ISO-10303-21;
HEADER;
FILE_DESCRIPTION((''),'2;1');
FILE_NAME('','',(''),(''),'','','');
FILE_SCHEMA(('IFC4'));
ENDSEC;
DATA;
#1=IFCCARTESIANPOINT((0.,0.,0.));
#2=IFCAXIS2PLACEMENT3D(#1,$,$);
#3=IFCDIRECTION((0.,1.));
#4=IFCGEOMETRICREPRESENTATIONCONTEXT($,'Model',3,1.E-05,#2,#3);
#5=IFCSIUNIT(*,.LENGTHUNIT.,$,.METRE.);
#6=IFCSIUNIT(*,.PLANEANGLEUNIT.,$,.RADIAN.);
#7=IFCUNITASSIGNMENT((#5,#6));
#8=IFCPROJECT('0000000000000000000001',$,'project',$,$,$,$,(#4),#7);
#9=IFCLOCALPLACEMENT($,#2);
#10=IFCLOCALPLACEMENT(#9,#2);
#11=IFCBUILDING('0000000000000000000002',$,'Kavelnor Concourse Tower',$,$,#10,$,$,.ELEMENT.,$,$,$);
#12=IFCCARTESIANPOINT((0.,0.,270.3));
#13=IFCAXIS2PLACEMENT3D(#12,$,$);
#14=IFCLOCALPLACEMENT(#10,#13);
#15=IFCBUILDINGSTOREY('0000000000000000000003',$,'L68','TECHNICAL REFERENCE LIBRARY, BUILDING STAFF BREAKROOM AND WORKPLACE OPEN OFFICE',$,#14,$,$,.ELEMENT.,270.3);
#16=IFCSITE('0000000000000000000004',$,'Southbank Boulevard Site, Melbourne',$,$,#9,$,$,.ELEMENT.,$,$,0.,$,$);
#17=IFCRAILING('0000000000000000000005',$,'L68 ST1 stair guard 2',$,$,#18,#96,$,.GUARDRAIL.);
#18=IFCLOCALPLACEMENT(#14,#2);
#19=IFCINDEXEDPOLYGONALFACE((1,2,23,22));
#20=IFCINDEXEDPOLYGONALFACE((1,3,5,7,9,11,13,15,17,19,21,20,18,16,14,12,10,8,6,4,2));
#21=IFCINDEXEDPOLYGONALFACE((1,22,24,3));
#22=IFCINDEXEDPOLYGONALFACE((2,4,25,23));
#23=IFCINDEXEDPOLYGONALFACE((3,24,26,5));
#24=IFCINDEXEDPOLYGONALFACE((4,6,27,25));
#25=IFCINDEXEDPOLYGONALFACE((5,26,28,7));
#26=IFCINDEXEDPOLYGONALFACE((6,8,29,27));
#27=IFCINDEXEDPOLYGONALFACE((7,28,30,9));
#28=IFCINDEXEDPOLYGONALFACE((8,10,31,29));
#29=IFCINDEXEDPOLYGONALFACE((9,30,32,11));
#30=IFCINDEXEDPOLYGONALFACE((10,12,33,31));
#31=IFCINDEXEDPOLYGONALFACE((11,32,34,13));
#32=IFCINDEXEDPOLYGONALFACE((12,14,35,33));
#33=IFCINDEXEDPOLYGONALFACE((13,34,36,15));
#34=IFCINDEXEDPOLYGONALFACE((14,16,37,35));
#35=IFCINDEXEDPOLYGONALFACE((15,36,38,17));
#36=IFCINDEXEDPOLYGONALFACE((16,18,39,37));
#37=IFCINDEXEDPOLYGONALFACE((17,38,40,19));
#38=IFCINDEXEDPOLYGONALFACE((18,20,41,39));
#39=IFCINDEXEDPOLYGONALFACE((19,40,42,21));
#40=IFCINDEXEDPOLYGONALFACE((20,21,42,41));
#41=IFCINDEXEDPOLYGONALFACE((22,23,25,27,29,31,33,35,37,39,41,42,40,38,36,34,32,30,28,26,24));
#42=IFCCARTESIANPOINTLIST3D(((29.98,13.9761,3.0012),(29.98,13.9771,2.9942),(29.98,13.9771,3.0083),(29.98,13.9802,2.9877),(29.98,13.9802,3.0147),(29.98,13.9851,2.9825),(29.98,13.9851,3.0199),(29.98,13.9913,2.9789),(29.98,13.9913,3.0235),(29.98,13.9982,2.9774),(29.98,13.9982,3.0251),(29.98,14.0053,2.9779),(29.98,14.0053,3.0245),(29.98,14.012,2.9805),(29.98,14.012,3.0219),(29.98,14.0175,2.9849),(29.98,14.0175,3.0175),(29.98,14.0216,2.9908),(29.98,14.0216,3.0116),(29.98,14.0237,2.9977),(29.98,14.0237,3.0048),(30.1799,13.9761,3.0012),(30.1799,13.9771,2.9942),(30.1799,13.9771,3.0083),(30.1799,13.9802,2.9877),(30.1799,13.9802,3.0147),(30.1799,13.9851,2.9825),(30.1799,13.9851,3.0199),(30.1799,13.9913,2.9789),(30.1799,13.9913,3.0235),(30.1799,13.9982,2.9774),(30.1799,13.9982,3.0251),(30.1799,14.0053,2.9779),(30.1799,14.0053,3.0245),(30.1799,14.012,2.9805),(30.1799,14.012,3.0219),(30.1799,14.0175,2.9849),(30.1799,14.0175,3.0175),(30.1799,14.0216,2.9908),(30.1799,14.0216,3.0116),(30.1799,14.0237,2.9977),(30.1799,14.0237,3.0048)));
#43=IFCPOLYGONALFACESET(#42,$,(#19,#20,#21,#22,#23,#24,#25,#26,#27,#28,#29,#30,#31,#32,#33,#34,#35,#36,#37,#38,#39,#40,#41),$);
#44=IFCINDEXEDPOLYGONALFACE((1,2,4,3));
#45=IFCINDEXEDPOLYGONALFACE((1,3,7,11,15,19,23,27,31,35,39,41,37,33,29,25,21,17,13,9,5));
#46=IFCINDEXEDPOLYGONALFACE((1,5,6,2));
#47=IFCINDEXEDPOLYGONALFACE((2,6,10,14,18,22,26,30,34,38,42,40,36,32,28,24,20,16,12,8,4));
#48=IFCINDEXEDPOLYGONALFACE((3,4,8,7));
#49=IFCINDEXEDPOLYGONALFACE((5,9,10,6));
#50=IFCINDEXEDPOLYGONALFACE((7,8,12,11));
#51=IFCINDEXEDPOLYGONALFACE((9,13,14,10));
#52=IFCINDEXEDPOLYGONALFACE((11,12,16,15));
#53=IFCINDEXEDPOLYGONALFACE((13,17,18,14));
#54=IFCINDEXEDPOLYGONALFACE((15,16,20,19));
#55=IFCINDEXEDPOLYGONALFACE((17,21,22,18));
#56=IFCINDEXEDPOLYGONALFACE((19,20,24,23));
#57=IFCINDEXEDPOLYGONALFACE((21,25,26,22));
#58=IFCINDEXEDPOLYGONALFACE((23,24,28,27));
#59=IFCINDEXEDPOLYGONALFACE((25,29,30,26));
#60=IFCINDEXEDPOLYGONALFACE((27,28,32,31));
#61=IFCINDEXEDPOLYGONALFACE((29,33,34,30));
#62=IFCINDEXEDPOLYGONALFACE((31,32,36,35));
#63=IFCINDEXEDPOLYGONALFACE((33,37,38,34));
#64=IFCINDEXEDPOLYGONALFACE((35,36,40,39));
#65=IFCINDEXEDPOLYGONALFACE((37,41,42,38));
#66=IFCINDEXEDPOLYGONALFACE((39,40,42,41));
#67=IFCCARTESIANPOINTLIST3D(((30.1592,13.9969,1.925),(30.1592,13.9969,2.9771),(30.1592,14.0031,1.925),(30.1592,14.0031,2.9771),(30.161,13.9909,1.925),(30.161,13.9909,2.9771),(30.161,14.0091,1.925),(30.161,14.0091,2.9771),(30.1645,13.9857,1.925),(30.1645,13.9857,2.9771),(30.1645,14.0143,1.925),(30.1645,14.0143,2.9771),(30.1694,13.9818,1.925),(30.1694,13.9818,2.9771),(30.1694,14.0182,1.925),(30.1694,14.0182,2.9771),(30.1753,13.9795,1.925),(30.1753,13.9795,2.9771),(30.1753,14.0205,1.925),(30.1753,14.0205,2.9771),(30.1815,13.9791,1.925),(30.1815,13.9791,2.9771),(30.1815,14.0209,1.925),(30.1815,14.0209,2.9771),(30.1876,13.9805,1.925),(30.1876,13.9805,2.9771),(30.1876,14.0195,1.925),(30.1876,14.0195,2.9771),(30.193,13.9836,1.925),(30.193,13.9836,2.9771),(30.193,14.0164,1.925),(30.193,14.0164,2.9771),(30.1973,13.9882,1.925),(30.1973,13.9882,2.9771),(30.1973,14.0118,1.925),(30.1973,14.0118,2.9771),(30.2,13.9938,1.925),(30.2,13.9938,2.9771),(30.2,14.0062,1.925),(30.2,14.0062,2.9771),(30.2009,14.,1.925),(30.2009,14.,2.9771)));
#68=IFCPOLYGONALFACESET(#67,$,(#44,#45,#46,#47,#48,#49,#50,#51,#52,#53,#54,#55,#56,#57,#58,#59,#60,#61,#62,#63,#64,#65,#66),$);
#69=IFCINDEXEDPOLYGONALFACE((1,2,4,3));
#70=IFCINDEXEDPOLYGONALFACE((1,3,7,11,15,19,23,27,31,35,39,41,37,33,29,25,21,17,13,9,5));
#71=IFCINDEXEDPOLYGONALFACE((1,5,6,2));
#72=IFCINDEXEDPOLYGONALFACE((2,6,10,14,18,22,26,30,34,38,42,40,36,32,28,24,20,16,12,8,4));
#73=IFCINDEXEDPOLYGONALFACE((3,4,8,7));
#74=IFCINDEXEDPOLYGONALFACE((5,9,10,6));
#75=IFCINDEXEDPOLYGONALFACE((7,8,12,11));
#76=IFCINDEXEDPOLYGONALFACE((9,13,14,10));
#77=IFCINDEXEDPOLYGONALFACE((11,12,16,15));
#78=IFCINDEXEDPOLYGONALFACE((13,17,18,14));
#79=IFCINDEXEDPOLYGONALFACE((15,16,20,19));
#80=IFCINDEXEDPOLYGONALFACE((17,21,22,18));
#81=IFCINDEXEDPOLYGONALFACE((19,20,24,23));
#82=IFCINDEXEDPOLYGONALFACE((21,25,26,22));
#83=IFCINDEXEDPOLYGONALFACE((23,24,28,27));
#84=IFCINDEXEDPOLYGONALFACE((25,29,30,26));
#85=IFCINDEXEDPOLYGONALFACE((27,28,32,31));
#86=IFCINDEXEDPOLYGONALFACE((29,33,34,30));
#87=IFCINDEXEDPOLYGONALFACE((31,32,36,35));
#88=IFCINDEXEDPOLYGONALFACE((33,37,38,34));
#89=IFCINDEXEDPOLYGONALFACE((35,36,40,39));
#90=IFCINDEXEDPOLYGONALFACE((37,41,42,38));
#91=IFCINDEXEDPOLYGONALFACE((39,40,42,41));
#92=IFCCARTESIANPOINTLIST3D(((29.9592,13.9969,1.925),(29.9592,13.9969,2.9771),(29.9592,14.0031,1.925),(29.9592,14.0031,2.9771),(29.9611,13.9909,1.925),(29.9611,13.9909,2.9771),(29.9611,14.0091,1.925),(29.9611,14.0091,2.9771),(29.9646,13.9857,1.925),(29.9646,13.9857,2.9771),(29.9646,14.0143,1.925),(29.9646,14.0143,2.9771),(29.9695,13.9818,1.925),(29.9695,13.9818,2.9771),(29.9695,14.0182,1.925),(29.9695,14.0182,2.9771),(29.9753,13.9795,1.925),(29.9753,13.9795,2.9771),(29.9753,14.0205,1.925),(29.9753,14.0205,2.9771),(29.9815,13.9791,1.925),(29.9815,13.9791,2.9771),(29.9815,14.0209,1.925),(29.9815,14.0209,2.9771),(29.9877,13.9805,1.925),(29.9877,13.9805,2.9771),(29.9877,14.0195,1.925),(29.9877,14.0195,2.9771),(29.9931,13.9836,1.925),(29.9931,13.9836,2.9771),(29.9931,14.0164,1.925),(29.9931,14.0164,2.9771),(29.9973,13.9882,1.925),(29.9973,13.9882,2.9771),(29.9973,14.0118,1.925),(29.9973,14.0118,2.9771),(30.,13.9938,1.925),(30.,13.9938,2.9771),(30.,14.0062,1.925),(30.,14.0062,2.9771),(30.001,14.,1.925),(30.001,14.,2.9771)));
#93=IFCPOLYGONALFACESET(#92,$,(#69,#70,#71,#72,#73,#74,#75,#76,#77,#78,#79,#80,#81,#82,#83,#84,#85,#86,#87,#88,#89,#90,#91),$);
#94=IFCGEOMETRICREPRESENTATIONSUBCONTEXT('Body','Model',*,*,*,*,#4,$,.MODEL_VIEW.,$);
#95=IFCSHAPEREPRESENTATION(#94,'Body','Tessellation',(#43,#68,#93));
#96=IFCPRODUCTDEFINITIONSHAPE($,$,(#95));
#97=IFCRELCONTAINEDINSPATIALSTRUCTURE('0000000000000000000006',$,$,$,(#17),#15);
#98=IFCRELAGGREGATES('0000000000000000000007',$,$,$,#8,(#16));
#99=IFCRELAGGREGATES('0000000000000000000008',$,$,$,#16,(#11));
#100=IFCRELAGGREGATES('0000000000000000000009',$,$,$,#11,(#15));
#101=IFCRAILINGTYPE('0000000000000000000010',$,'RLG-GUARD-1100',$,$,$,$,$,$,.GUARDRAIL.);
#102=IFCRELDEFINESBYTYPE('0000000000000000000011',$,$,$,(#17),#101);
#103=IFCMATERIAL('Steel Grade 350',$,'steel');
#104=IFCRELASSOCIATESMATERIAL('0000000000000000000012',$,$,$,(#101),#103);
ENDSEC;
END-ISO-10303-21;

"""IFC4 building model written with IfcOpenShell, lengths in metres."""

from ifc_helpers import new_model, si_unit, direction, frame, origin, origin_2d, place, context, subcontext, project, spatial, circle, extrude, material, type_object, element, save


model = new_model("IFC4")

# Units and contexts
model_context = context("Model", 3, precision=1e-05, world=origin(), true_north=direction((0.0, 1.0)))
body_context = subcontext(model_context, "Body", "Model", "MODEL_VIEW")
ifc_project = project(units=[si_unit("LENGTHUNIT", "METRE"), si_unit("PLANEANGLEUNIT", "RADIAN")], contexts=[model_context])

# Site, building, storey
site_placement = place(None, origin())
site = spatial("IfcSite", under=ifc_project, at=site_placement, Name="Southbank Boulevard Site, Melbourne", CompositionType="ELEMENT", RefElevation=0.0)
building_placement = place(site_placement, origin())
building = spatial("IfcBuilding", under=site, at=building_placement, Name="Kavelnor Concourse Tower", CompositionType="ELEMENT")
storey_placement = place(building_placement, frame((0.0, 0.0, 270.3)))
storey = spatial("IfcBuildingStorey", under=building, at=storey_placement, Name="L68", Description="TECHNICAL REFERENCE LIBRARY, BUILDING STAFF BREAKROOM AND WORKPLACE OPEN OFFICE", CompositionType="ELEMENT", Elevation=270.3)

# Shared definitions
ifc_material_1 = material(Name="Steel Grade 350", Category="steel")

# Railing
railing_type_1 = type_object("IfcRailingType", Name="RLG-GUARD-1100", PredefinedType="GUARDRAIL", material=ifc_material_1)
railing_1_placement = place(storey_placement, frame((30.1799, 14.0, 1.925)))
element("IfcRailing", 1, at=railing_1_placement, inside=storey, type_object=railing_type_1, Name="L68 ST1 stair guard 2", PredefinedType="GUARDRAIL", context=body_context, shape_type="SweptSolid", body=[
    extrude(circle(Radius=0.0239, at=origin_2d()), frame((0.0, 0.0, 1.0762), z_axis=(-1.0, 0.0, 0.0), x_axis=(0.0, -1.0, 0.0)), (0.0, 0.0, 1.0), 0.2),
    extrude(circle(Radius=0.021, at=origin_2d()), origin(), (0.0, 0.0, 1.0), 1.052),
    extrude(circle(Radius=0.021, at=origin_2d()), frame((-0.2, 0.0, 0.0)), (0.0, 0.0, 1.0), 1.052),
])

save(model, "model.ifc")
